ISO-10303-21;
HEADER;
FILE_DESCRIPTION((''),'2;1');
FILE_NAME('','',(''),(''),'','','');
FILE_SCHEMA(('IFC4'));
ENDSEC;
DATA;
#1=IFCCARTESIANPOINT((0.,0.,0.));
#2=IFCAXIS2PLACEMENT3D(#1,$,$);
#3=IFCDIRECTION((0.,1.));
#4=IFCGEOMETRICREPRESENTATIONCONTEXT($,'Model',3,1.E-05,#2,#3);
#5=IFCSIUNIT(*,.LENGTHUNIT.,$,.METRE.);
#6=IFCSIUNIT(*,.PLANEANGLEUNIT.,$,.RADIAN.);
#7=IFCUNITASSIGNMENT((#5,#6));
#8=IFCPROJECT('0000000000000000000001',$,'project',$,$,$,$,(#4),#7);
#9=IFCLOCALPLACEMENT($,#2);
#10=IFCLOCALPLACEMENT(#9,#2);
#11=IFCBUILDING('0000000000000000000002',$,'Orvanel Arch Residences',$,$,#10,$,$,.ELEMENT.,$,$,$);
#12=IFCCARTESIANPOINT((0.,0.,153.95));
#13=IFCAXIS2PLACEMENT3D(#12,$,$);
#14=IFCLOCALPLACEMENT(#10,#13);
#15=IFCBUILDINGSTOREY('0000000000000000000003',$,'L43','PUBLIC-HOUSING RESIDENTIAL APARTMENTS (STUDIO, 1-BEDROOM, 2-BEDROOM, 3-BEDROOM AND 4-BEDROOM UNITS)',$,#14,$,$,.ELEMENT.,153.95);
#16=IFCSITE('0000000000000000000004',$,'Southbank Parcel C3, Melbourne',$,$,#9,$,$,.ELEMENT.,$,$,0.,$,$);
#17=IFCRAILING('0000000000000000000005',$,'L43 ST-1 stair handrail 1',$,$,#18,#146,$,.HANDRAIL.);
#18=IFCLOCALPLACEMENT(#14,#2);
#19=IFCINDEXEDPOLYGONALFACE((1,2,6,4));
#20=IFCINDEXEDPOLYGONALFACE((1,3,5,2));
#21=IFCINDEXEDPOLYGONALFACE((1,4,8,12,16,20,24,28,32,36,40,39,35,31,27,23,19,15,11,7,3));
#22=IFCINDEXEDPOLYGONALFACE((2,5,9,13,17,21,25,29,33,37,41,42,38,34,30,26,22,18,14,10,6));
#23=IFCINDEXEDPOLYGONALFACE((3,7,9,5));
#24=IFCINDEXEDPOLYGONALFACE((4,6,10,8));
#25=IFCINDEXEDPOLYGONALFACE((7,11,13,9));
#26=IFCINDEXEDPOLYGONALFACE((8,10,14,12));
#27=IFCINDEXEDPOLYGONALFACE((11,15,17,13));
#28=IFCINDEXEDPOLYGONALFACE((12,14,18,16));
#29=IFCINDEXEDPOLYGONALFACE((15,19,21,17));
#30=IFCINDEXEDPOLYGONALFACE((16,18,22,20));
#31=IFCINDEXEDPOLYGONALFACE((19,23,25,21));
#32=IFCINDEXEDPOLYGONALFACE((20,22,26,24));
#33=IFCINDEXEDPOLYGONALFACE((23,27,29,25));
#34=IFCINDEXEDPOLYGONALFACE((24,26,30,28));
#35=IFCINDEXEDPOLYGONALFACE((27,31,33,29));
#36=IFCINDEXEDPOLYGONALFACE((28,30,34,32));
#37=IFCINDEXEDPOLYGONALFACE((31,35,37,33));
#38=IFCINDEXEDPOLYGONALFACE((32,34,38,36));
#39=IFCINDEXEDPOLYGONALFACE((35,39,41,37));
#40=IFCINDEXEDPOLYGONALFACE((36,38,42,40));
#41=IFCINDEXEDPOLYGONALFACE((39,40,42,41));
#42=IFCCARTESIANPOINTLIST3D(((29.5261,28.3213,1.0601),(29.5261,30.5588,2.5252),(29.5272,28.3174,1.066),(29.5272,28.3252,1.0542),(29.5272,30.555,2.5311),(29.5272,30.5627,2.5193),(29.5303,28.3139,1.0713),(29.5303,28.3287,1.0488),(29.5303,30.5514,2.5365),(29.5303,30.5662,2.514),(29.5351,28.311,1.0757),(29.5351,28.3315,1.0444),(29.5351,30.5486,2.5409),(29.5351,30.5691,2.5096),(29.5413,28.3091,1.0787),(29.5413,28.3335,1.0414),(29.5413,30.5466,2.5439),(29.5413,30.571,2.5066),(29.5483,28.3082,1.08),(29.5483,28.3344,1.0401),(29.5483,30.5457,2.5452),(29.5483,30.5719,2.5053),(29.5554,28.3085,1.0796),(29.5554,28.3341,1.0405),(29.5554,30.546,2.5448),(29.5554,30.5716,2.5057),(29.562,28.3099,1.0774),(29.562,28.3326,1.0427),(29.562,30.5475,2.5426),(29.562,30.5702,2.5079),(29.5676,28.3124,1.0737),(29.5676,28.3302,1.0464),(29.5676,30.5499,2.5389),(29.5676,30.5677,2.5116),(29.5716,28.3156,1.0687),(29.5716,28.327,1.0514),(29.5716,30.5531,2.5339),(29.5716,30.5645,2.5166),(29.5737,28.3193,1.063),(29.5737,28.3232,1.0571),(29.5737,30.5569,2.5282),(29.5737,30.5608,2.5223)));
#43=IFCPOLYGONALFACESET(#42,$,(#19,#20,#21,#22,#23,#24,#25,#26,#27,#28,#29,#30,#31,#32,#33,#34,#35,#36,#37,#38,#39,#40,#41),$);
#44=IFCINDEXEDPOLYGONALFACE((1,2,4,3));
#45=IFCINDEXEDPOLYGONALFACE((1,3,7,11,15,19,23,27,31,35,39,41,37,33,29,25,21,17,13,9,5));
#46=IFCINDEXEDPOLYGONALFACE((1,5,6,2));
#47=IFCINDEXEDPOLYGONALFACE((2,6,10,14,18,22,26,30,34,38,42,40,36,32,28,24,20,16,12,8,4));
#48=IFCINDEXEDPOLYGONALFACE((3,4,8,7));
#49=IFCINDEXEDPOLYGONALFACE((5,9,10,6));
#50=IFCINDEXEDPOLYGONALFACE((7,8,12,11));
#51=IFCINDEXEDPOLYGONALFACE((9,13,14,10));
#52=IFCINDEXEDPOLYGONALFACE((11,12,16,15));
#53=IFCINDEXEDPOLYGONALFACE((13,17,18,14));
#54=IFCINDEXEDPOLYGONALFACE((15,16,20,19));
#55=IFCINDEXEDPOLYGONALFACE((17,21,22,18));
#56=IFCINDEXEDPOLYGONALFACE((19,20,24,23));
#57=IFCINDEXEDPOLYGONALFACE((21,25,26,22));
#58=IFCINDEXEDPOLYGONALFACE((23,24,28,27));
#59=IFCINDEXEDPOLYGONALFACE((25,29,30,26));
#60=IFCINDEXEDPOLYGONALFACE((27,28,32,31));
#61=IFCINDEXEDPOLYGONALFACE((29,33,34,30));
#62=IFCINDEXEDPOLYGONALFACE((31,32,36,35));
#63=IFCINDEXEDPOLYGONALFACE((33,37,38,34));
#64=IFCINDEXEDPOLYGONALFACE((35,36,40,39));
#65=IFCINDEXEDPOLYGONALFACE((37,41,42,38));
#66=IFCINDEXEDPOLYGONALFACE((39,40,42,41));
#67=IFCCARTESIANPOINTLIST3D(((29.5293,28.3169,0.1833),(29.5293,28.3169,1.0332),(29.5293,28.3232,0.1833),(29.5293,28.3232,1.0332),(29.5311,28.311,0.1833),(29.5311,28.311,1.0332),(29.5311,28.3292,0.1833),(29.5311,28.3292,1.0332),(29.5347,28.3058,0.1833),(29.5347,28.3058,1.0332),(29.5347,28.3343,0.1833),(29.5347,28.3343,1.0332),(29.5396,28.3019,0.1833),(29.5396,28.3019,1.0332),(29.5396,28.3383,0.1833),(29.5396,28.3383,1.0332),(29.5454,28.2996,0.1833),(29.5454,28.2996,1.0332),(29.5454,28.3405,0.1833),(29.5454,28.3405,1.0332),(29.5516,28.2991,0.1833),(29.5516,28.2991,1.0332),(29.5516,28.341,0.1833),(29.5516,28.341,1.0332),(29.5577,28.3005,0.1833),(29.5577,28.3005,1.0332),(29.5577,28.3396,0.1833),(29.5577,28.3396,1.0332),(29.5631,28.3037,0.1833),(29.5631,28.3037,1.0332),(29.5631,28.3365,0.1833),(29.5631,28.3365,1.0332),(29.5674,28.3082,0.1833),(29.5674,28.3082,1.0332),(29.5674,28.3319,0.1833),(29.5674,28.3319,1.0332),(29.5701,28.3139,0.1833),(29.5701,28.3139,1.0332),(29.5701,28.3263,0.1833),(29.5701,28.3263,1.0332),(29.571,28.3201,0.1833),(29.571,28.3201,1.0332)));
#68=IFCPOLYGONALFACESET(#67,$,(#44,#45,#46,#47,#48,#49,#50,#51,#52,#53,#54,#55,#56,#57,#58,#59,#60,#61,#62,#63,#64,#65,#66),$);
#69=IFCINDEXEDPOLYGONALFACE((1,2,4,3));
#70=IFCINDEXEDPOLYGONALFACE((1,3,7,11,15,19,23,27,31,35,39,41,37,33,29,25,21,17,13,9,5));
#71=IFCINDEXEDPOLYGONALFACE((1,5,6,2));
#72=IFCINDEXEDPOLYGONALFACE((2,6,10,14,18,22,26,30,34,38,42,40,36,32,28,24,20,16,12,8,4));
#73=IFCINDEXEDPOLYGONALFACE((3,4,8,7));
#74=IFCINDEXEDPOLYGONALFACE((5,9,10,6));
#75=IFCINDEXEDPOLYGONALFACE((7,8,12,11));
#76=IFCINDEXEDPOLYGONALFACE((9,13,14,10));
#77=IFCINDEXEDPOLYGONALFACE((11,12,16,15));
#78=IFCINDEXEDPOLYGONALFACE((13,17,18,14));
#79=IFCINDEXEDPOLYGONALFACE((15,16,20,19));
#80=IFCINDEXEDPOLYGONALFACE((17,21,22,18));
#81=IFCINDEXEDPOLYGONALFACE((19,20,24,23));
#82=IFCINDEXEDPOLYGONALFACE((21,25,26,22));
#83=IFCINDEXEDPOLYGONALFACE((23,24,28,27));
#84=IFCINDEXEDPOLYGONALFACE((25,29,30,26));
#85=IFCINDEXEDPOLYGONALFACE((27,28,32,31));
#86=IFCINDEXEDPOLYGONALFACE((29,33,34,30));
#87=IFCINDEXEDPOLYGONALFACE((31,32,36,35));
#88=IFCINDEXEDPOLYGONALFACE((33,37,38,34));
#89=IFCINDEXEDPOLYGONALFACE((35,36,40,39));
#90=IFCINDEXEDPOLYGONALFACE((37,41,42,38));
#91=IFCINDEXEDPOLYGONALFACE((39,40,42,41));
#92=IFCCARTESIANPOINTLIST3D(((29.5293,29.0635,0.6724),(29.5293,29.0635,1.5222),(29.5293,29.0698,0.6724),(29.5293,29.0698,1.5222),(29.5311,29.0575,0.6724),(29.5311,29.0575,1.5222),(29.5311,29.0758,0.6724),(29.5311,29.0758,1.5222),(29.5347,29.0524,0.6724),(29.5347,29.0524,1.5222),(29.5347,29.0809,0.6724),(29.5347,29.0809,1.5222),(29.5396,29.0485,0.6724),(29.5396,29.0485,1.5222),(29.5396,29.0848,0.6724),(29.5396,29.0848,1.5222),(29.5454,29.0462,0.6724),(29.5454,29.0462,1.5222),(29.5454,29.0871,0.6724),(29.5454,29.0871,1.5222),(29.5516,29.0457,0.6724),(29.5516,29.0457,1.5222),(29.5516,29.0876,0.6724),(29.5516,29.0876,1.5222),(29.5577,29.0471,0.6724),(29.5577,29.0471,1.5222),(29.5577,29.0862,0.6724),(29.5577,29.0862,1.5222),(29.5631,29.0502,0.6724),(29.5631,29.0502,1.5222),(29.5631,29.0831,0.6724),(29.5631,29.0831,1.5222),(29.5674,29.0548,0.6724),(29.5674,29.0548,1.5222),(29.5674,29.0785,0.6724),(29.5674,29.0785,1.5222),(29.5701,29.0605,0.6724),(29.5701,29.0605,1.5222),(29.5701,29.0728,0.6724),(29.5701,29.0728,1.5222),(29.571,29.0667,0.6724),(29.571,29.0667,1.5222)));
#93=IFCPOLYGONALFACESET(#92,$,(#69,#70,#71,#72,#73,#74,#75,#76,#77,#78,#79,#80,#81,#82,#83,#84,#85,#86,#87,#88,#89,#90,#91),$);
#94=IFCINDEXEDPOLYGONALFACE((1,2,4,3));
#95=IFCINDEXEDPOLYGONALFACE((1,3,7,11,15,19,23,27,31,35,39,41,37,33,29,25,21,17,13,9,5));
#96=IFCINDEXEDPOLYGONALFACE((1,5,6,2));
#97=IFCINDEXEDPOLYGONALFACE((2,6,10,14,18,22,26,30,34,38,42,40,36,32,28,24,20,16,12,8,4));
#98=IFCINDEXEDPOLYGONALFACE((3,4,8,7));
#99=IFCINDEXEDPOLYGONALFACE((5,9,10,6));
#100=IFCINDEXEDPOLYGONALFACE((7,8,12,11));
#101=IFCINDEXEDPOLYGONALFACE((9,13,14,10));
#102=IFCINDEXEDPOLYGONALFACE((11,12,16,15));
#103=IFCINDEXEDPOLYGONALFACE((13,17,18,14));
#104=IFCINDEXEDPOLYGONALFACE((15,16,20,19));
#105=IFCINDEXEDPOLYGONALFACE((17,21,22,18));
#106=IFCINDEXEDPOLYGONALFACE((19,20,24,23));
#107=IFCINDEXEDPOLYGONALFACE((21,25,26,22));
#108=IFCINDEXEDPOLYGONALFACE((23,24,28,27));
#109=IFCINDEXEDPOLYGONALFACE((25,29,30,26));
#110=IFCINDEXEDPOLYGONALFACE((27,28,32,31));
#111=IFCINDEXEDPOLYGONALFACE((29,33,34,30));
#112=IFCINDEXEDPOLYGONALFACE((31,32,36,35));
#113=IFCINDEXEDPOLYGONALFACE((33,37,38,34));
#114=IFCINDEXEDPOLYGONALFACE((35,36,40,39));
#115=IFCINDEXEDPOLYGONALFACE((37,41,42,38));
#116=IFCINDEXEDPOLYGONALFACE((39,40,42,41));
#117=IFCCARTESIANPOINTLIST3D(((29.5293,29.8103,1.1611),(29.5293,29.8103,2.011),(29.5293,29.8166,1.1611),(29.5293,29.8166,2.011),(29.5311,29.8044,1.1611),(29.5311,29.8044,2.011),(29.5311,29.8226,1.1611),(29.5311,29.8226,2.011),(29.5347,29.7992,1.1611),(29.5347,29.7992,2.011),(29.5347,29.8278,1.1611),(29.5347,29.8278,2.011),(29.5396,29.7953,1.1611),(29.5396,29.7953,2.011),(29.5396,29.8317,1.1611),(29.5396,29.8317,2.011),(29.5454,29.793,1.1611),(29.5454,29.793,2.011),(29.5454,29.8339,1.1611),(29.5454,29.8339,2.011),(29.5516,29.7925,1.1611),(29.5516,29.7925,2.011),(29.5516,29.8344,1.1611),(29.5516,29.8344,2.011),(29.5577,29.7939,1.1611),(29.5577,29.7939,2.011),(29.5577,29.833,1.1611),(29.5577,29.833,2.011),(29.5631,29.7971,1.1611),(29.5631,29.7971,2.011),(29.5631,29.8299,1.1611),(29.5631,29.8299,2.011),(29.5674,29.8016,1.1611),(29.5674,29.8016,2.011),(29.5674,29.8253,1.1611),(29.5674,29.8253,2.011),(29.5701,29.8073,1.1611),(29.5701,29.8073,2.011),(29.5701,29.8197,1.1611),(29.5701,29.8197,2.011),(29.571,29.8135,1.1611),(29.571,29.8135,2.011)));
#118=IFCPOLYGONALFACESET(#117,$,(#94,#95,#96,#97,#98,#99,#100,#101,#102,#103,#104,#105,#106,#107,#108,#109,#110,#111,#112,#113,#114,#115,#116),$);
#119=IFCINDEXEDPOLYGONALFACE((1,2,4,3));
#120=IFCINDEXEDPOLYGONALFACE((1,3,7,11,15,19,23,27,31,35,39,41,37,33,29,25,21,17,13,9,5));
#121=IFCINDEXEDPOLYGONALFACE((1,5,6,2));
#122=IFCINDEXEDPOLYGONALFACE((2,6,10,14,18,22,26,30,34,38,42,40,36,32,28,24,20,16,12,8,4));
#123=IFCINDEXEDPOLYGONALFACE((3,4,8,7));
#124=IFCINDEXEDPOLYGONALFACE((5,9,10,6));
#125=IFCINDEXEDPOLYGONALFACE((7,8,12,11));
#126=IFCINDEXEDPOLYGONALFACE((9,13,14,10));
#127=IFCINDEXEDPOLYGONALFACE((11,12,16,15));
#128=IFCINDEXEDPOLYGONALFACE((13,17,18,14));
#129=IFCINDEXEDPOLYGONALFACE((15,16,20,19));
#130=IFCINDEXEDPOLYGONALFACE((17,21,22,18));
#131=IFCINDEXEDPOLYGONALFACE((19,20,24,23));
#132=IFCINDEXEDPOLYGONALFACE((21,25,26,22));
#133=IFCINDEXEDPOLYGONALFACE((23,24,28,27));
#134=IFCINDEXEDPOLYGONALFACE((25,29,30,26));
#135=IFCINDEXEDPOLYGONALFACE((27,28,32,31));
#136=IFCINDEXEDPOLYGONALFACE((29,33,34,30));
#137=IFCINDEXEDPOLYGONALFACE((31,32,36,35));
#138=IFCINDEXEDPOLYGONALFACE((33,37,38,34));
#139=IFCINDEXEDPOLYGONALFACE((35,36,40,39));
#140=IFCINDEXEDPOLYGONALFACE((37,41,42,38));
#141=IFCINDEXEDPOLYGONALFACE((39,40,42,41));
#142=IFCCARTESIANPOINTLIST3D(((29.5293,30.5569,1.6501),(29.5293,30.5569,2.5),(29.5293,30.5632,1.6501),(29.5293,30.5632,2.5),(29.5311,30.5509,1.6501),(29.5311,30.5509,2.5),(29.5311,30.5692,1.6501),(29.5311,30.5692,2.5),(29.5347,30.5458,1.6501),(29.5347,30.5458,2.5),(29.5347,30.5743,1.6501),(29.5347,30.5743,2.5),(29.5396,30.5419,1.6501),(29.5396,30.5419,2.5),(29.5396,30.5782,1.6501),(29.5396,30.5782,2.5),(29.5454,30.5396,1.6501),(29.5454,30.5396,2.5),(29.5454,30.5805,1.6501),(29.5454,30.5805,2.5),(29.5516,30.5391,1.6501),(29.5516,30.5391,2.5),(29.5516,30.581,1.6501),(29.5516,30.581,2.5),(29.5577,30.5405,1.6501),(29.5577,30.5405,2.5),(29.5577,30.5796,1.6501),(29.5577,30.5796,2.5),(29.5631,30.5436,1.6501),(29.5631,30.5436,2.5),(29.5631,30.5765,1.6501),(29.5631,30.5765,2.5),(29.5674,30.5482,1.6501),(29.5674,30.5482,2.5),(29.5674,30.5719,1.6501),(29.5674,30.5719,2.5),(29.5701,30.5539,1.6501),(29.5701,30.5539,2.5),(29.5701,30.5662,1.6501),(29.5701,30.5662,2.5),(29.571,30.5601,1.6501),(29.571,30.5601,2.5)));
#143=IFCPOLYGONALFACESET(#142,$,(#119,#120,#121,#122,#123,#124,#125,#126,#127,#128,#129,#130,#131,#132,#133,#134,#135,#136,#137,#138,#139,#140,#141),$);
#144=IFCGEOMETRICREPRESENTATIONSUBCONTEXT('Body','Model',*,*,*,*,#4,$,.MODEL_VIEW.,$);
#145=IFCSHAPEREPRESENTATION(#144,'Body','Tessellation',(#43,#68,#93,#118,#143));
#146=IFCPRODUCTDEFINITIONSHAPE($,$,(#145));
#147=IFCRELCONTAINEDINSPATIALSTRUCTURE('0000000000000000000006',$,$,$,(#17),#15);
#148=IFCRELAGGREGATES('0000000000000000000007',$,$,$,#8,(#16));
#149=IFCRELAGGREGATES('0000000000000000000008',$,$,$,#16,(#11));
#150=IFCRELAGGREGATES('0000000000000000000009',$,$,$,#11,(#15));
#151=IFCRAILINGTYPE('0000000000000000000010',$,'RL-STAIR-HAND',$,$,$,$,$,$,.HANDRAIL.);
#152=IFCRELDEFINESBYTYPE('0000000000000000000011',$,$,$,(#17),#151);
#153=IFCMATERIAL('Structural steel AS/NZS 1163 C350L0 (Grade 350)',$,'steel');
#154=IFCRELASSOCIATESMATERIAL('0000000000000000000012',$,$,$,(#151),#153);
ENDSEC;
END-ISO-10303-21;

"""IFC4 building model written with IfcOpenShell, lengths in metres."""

from ifc_helpers import new_model, si_unit, direction, frame, origin, origin_2d, place, context, subcontext, project, spatial, circle, extrude, material, type_object, element, save


model = new_model("IFC4")

# Units and contexts
model_context = context("Model", 3, precision=1e-05, world=origin(), true_north=direction((0.0, 1.0)))
body_context = subcontext(model_context, "Body", "Model", "MODEL_VIEW")
ifc_project = project(units=[si_unit("LENGTHUNIT", "METRE"), si_unit("PLANEANGLEUNIT", "RADIAN")], contexts=[model_context])

# Site, building, storey
site_placement = place(None, origin())
site = spatial("IfcSite", under=ifc_project, at=site_placement, Name="Southbank Parcel C3, Melbourne", CompositionType="ELEMENT", RefElevation=0.0)
building_placement = place(site_placement, origin())
building = spatial("IfcBuilding", under=site, at=building_placement, Name="Orvanel Arch Residences", CompositionType="ELEMENT")
storey_placement = place(building_placement, frame((0.0, 0.0, 153.95)))
storey = spatial("IfcBuildingStorey", under=building, at=storey_placement, Name="L43", Description="PUBLIC-HOUSING RESIDENTIAL APARTMENTS (STUDIO, 1-BEDROOM, 2-BEDROOM, 3-BEDROOM AND 4-BEDROOM UNITS)", CompositionType="ELEMENT", Elevation=153.95)

# Railing
ifc_material_1 = material(Name="Structural steel AS/NZS 1163 C350L0 (Grade 350)", Category="steel")
railing_type_1 = type_object("IfcRailingType", Name="RL-STAIR-HAND", PredefinedType="HANDRAIL", material=ifc_material_1)
railing_1_placement = place(storey_placement, frame((29.55, 28.3201, 0.1833)))
element("IfcRailing", 1, at=railing_1_placement, inside=storey, type_object=railing_type_1, Name="L43 ST-1 stair handrail 1", PredefinedType="HANDRAIL", context=body_context, shape_type="SweptSolid", body=[
    extrude(circle(Radius=0.0239, at=origin_2d()), frame((0.0, 0.0012, 0.8767), z_axis=(0.0, 0.836595, 0.547822), x_axis=(-1.0, 0.0, 0.0)), (0.0, 0.0, 1.0), 2.6746),
    extrude(circle(Radius=0.021, at=origin_2d()), origin(), (0.0, 0.0, 1.0), 0.8499),
    extrude(circle(Radius=0.021, at=origin_2d()), frame((0.0, 0.7466, 0.489)), (0.0, 0.0, 1.0), 0.8499),
    extrude(circle(Radius=0.021, at=origin_2d()), frame((0.0, 1.4934, 0.9778)), (0.0, 0.0, 1.0), 0.8499),
    extrude(circle(Radius=0.021, at=origin_2d()), frame((0.0, 2.24, 1.4668)), (0.0, 0.0, 1.0), 0.8499),
])

save(model, "model.ifc")
